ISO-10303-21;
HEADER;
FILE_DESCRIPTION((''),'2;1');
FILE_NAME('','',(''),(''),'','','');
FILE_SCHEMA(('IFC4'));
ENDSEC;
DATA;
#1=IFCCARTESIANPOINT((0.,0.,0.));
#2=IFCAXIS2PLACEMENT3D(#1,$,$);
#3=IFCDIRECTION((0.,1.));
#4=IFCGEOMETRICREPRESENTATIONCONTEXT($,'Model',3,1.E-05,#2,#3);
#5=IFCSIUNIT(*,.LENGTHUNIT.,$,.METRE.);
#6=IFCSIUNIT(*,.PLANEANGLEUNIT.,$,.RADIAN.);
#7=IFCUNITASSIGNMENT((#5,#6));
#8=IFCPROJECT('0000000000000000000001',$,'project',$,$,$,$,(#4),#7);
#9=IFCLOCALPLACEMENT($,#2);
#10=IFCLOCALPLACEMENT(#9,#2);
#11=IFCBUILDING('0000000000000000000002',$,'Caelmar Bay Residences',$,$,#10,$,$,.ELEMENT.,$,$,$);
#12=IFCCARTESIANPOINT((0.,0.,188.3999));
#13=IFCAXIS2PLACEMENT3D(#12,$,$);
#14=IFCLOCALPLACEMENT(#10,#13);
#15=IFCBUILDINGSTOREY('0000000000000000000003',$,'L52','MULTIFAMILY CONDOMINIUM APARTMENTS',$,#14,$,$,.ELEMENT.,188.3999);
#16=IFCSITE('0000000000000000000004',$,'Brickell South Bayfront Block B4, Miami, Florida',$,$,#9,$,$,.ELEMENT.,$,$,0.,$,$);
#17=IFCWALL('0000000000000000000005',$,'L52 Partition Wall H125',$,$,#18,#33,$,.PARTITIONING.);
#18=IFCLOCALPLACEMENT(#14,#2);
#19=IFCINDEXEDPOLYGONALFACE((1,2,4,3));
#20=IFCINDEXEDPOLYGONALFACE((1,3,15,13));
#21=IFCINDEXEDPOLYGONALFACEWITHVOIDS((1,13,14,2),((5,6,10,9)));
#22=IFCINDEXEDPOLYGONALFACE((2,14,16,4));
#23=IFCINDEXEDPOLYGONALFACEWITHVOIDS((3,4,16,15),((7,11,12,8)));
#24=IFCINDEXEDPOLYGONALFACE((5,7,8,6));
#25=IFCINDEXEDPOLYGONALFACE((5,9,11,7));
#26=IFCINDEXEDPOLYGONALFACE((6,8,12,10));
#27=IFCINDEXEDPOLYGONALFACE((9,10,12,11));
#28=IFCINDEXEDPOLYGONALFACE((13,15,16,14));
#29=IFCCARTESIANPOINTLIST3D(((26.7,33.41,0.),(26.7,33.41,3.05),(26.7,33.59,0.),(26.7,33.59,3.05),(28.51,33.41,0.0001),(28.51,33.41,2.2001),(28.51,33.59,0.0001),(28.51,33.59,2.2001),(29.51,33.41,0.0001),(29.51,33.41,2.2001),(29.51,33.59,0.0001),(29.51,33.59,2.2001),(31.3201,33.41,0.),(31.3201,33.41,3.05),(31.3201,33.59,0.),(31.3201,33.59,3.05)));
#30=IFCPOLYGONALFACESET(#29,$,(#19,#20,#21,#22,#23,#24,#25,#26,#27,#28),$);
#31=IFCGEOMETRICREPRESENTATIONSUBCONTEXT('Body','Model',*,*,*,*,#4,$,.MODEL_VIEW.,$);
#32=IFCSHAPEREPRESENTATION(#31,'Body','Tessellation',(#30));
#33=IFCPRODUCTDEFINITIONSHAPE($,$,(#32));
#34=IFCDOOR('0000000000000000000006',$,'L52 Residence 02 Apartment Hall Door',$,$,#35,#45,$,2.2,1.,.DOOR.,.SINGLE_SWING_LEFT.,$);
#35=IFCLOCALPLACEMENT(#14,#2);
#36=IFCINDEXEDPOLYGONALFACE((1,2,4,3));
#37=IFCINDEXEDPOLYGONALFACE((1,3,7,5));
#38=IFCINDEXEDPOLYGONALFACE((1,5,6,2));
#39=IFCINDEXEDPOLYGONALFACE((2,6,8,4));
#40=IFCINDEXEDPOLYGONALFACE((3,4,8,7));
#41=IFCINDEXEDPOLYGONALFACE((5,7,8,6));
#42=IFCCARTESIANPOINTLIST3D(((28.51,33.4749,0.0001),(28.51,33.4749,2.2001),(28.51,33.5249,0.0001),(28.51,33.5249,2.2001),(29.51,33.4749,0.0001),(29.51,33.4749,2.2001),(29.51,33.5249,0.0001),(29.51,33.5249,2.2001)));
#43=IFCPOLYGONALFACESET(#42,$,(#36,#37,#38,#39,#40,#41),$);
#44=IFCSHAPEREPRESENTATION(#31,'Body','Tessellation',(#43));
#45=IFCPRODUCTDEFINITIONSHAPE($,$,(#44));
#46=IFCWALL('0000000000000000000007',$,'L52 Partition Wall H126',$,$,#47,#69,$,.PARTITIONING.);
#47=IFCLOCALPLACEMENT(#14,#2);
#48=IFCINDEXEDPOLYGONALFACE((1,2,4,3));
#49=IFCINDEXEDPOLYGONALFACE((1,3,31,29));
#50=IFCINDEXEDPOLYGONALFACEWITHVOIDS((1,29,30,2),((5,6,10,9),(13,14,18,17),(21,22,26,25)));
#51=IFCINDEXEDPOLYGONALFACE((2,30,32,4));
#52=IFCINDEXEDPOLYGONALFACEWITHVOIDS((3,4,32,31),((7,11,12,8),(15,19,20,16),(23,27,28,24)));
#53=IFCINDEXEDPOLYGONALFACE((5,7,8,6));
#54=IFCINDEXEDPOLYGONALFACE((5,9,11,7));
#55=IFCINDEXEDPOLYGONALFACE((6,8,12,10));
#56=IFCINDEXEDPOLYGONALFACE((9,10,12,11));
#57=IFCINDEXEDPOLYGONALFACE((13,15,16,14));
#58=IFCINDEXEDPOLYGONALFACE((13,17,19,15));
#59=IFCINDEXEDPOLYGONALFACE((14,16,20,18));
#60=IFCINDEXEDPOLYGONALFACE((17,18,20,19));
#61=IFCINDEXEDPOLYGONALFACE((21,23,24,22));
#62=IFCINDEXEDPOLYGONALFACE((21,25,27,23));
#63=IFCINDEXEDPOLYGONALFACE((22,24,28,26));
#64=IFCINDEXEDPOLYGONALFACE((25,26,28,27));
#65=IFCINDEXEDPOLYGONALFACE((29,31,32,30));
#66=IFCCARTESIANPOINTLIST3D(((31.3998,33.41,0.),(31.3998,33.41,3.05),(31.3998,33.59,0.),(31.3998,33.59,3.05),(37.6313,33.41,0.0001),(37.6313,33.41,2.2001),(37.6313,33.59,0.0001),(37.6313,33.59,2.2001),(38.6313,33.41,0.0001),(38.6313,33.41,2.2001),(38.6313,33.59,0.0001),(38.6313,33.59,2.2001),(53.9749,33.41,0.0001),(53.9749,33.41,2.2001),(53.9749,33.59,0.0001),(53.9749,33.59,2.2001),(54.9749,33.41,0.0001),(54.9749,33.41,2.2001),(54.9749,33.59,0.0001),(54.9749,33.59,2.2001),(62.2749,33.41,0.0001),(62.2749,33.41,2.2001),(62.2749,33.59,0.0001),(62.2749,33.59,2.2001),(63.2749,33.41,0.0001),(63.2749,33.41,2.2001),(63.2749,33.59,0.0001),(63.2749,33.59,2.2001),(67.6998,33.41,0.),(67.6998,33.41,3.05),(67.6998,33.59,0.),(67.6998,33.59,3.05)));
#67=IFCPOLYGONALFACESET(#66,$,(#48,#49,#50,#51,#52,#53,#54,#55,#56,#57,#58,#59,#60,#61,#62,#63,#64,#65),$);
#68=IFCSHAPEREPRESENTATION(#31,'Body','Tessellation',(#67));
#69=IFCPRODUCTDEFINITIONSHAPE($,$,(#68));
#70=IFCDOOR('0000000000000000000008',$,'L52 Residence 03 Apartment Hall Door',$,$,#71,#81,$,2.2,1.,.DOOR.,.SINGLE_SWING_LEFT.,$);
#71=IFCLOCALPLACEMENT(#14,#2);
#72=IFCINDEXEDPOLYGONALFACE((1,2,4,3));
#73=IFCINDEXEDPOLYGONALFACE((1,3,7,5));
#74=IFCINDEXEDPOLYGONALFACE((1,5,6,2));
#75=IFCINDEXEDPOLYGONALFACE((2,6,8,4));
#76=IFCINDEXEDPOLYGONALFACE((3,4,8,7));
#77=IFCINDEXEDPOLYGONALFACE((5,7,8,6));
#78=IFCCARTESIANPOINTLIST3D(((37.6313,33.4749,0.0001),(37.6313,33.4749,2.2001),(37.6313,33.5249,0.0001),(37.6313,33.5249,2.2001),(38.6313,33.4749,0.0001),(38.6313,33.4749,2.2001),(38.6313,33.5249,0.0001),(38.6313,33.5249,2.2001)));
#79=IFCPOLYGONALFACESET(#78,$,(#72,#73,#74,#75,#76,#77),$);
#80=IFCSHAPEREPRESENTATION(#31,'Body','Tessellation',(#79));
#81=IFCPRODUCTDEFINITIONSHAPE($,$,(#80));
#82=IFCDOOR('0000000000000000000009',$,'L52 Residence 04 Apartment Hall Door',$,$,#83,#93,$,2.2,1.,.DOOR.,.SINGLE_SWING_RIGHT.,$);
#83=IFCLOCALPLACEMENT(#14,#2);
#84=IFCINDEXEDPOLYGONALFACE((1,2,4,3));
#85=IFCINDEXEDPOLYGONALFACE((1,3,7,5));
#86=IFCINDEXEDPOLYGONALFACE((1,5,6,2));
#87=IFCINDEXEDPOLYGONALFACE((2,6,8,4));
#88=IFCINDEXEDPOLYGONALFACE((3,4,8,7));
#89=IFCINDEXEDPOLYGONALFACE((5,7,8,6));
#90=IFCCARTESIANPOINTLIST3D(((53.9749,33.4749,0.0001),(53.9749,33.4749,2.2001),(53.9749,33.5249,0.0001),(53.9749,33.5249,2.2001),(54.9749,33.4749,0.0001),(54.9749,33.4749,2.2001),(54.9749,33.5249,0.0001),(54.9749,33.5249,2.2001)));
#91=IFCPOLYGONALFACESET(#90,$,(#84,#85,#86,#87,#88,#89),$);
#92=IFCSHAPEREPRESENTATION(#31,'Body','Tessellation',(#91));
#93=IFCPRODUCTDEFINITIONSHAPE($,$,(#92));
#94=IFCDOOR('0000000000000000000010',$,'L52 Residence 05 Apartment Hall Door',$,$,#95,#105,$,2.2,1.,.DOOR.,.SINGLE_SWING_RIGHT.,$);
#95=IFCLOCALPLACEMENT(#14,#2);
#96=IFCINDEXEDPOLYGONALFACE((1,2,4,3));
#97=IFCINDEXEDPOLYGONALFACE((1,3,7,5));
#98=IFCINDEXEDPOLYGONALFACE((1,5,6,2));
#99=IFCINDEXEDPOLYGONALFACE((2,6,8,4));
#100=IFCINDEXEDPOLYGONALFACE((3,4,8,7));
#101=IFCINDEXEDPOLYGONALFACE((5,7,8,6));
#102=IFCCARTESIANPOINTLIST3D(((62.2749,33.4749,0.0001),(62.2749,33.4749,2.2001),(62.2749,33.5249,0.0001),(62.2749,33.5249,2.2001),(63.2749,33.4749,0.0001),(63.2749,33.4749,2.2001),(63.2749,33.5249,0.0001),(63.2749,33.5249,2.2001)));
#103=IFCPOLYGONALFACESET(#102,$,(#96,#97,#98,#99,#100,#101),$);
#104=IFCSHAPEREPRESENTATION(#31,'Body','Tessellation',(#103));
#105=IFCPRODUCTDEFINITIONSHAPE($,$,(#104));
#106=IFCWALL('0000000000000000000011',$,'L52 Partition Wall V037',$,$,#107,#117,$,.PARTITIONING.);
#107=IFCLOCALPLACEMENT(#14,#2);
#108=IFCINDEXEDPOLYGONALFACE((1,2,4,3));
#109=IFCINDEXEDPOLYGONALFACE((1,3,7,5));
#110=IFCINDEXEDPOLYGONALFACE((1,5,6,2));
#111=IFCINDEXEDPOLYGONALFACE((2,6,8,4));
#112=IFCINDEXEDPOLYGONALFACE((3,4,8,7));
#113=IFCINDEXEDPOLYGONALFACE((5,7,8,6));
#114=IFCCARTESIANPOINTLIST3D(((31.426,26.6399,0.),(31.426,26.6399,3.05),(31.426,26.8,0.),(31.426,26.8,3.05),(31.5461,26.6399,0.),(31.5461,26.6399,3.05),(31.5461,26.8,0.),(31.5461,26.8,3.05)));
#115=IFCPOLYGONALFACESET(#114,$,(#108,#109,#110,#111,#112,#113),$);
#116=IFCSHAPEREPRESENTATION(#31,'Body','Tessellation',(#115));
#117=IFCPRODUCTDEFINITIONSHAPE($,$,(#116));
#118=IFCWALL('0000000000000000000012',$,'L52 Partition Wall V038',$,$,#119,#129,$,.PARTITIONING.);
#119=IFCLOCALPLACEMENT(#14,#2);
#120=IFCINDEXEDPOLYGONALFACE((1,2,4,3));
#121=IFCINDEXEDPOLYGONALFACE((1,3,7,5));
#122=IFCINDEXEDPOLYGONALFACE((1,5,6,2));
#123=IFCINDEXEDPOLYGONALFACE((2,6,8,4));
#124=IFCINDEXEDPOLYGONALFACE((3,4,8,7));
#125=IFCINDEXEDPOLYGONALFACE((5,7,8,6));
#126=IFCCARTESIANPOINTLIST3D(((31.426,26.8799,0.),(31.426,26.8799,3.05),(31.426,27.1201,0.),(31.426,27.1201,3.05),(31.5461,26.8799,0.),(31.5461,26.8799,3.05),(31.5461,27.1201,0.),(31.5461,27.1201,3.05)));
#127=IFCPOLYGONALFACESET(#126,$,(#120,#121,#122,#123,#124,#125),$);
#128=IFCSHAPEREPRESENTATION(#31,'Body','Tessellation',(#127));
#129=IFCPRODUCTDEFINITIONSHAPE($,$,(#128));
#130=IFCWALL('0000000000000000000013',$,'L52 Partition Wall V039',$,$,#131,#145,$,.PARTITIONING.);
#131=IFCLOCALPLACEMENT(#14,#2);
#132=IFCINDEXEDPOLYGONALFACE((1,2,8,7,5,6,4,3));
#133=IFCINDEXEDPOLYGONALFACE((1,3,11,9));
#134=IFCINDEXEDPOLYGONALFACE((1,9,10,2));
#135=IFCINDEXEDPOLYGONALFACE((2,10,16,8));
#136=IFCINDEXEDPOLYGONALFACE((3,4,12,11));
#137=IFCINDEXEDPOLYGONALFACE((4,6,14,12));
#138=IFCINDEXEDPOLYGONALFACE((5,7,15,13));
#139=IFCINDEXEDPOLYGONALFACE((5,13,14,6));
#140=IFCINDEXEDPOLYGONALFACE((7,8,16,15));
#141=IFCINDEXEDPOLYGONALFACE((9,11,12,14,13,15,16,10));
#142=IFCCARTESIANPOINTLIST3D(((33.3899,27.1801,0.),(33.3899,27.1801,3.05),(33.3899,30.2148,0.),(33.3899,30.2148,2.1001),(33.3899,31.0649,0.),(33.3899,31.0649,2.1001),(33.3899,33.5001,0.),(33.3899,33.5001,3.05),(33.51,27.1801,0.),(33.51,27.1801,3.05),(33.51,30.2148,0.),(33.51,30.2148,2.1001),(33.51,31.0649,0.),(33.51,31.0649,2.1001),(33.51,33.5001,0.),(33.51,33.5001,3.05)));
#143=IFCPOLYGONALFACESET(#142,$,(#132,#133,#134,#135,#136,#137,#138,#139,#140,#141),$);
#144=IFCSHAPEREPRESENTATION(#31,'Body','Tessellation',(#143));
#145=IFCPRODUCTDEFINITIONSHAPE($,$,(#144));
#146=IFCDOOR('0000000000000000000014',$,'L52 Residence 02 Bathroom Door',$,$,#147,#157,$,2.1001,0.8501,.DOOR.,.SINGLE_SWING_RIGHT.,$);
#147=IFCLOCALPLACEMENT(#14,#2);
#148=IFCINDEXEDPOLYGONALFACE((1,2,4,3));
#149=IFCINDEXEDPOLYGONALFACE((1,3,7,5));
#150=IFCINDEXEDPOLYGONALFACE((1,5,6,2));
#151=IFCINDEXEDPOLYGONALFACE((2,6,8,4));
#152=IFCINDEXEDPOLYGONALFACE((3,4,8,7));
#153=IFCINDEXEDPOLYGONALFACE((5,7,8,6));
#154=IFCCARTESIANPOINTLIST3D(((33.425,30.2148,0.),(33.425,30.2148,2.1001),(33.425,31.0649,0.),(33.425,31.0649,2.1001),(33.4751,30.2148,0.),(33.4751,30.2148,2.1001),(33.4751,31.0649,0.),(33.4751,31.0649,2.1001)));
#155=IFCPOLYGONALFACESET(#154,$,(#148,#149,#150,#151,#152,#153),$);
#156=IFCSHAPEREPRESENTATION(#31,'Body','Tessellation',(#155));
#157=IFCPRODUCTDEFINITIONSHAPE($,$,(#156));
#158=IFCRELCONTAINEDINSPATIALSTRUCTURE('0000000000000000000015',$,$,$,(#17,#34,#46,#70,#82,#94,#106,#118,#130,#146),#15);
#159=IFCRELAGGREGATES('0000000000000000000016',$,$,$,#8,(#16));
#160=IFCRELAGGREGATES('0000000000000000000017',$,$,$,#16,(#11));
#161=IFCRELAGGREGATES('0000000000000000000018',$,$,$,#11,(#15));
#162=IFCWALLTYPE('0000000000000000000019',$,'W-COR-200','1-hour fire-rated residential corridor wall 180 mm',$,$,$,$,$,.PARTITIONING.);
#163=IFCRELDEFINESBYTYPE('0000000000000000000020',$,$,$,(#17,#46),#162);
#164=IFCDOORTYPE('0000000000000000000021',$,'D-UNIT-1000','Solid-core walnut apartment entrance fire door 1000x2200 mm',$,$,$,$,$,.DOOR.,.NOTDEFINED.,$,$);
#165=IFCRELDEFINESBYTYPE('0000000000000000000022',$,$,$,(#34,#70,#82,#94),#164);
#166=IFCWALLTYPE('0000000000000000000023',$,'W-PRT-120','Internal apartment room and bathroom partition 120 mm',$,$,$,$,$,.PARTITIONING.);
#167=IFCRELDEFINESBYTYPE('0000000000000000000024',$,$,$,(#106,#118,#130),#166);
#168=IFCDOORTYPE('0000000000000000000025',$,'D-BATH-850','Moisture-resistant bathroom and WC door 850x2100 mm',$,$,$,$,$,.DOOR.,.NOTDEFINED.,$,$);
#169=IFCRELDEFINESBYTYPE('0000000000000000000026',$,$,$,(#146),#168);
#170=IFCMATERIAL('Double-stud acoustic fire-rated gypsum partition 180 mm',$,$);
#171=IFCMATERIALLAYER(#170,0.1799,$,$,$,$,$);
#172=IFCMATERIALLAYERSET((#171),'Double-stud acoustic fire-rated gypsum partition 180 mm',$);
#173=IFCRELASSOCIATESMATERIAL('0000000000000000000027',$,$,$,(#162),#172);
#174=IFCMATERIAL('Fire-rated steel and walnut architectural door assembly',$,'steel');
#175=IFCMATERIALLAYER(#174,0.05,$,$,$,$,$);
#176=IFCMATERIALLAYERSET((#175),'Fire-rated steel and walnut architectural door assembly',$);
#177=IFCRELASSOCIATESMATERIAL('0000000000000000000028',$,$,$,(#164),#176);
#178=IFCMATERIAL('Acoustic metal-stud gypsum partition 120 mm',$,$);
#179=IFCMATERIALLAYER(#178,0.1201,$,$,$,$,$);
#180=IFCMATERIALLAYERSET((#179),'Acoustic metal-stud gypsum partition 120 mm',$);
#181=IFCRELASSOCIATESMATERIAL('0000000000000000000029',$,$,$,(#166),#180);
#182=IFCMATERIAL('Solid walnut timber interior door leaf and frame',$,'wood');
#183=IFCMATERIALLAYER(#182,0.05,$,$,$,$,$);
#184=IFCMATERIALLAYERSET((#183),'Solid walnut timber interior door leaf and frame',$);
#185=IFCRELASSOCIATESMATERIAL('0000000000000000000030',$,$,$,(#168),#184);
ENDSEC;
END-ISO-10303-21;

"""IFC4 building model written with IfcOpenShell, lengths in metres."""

from ifc_helpers import new_model, si_unit, direction, frame, frame_2d, origin, place, context, subcontext, project, spatial, rectangle, extrude, material, layer, layer_set, type_object, element, fill, save


model = new_model("IFC4")

# Units and contexts
model_context = context("Model", 3, precision=1e-05, world=origin(), true_north=direction((0.0, 1.0)))
body_context = subcontext(model_context, "Body", "Model", "MODEL_VIEW")
ifc_project = project(units=[si_unit("LENGTHUNIT", "METRE"), si_unit("PLANEANGLEUNIT", "RADIAN")], contexts=[model_context])

# Site, building, storey
site_placement = place(None, origin())
site = spatial("IfcSite", under=ifc_project, at=site_placement, Name="Brickell South Bayfront Block B4, Miami, Florida", CompositionType="ELEMENT", RefElevation=0.0)
building_placement = place(site_placement, origin())
building = spatial("IfcBuilding", under=site, at=building_placement, Name="Caelmar Bay Residences", CompositionType="ELEMENT")
storey_placement = place(building_placement, frame((0.0, 0.0, 188.3999)))
storey = spatial("IfcBuildingStorey", under=building, at=storey_placement, Name="L52", Description="MULTIFAMILY CONDOMINIUM APARTMENTS", CompositionType="ELEMENT", Elevation=188.3999)

# Wall, opening, door
ifc_material_1 = material(Name="Double-stud acoustic fire-rated gypsum partition 180 mm")
ifc_layer_1 = layer(ifc_material_1, 0.1799)
ifc_layer_set_1 = layer_set([ifc_layer_1], Name="Double-stud acoustic fire-rated gypsum partition 180 mm")
wall_type_1 = type_object("IfcWallType", Name="W-COR-200", Description="1-hour fire-rated residential corridor wall 180 mm", PredefinedType="PARTITIONING", material=ifc_layer_set_1)
wall_1_placement = place(storey_placement, frame((26.7, 33.5, 0.0), z_axis=(0.0, 0.0, 1.0), x_axis=(1.0, 0.0, 0.0)))
wall_1 = element("IfcWall", 1, at=wall_1_placement, inside=storey, type_object=wall_type_1, Name="L52 Partition Wall H125", PredefinedType="PARTITIONING", context=body_context, shape_type="SweptSolid", body=[
    extrude(rectangle(XDim=4.6201, YDim=0.1799, at=frame_2d((2.3101, 0.0))), origin(), (0.0, 0.0, 1.0), 3.05),
])
opening_1_placement = place(wall_1_placement, frame((1.8101, 0.0, 0.0)))
opening_1 = element("IfcOpeningElement", 2, at=opening_1_placement, cuts=wall_1, PredefinedType="OPENING", context=body_context, shape_type="SweptSolid", body=[
    extrude(rectangle(XDim=1.0, YDim=2.2, at=frame_2d((0.5, 1.1001))), frame((0.0, 0.0999, 0.0), z_axis=(0.0, -1.0, 0.0), x_axis=(1.0, 0.0, 0.0)), (0.0, 0.0, 1.0), 0.2),
])
ifc_material_2 = material(Name="Fire-rated steel and walnut architectural door assembly", Category="steel")
ifc_layer_2 = layer(ifc_material_2, 0.05)
ifc_layer_set_2 = layer_set([ifc_layer_2], Name="Fire-rated steel and walnut architectural door assembly")
door_type_1 = type_object("IfcDoorType", Name="D-UNIT-1000", Description="Solid-core walnut apartment entrance fire door 1000x2200 mm", OperationType="NOTDEFINED", PredefinedType="DOOR", material=ifc_layer_set_2)
door_1_placement = place(opening_1_placement, origin())
door_1 = element("IfcDoor", 3, at=door_1_placement, inside=storey, type_object=door_type_1, Name="L52 Residence 02 Apartment Hall Door", OperationType="SINGLE_SWING_LEFT", OverallHeight=2.2, OverallWidth=1.0, PredefinedType="DOOR", context=body_context, shape_type="SweptSolid", body=[
    extrude(rectangle(XDim=1.0, YDim=2.2, at=frame_2d((0.5, 1.1001))), frame((0.0, 0.0249, 0.0), z_axis=(0.0, -1.0, 0.0), x_axis=(1.0, 0.0, 0.0)), (0.0, 0.0, 1.0), 0.05),
])
fill(opening_1, door_1)

# Wall, openings, doors
wall_2_placement = place(storey_placement, frame((31.3999, 33.5, 0.0), z_axis=(0.0, 0.0, 1.0), x_axis=(1.0, 0.0, 0.0)))
wall_2 = element("IfcWall", 4, at=wall_2_placement, inside=storey, type_object=wall_type_1, Name="L52 Partition Wall H126", PredefinedType="PARTITIONING", context=body_context, shape_type="SweptSolid", body=[
    extrude(rectangle(XDim=36.3, YDim=0.1799, at=frame_2d((18.1499, 0.0))), origin(), (0.0, 0.0, 1.0), 3.05),
])
opening_2_placement = place(wall_2_placement, frame((6.2314, 0.0, 0.0)))
opening_2 = element("IfcOpeningElement", 5, at=opening_2_placement, cuts=wall_2, PredefinedType="OPENING", context=body_context, shape_type="SweptSolid", body=[
    extrude(rectangle(XDim=1.0, YDim=2.2, at=frame_2d((0.5, 1.1001))), frame((0.0, 0.0999, 0.0), z_axis=(0.0, -1.0, 0.0), x_axis=(1.0, 0.0, 0.0)), (0.0, 0.0, 1.0), 0.2),
])
opening_3_placement = place(wall_2_placement, frame((22.575, 0.0, 0.0)))
opening_3 = element("IfcOpeningElement", 6, at=opening_3_placement, cuts=wall_2, PredefinedType="OPENING", context=body_context, shape_type="SweptSolid", body=[
    extrude(rectangle(XDim=1.0, YDim=2.2, at=frame_2d((0.5, 1.1001))), frame((0.0, 0.0999, 0.0), z_axis=(0.0, -1.0, 0.0), x_axis=(1.0, 0.0, 0.0)), (0.0, 0.0, 1.0), 0.2),
])
opening_4_placement = place(wall_2_placement, frame((30.875, 0.0, 0.0)))
opening_4 = element("IfcOpeningElement", 7, at=opening_4_placement, cuts=wall_2, PredefinedType="OPENING", context=body_context, shape_type="SweptSolid", body=[
    extrude(rectangle(XDim=1.0, YDim=2.2, at=frame_2d((0.5, 1.1001))), frame((0.0, 0.0999, 0.0), z_axis=(0.0, -1.0, 0.0), x_axis=(1.0, 0.0, 0.0)), (0.0, 0.0, 1.0), 0.2),
])
door_2_placement = place(opening_2_placement, origin())
door_2 = element("IfcDoor", 8, at=door_2_placement, inside=storey, type_object=door_type_1, Name="L52 Residence 03 Apartment Hall Door", OperationType="SINGLE_SWING_LEFT", OverallHeight=2.2, OverallWidth=1.0, PredefinedType="DOOR", context=body_context, shape_type="SweptSolid", body=[
    extrude(rectangle(XDim=1.0, YDim=2.2, at=frame_2d((0.5, 1.1001))), frame((0.0, 0.0249, 0.0), z_axis=(0.0, -1.0, 0.0), x_axis=(1.0, 0.0, 0.0)), (0.0, 0.0, 1.0), 0.05),
])
fill(opening_2, door_2)
door_3_placement = place(opening_3_placement, origin())
door_3 = element("IfcDoor", 9, at=door_3_placement, inside=storey, type_object=door_type_1, Name="L52 Residence 04 Apartment Hall Door", OperationType="SINGLE_SWING_RIGHT", OverallHeight=2.2, OverallWidth=1.0, PredefinedType="DOOR", context=body_context, shape_type="SweptSolid", body=[
    extrude(rectangle(XDim=1.0, YDim=2.2, at=frame_2d((0.5, 1.1001))), frame((0.0, 0.0249, 0.0), z_axis=(0.0, -1.0, 0.0), x_axis=(1.0, 0.0, 0.0)), (0.0, 0.0, 1.0), 0.05),
])
fill(opening_3, door_3)
door_4_placement = place(opening_4_placement, origin())
door_4 = element("IfcDoor", 10, at=door_4_placement, inside=storey, type_object=door_type_1, Name="L52 Residence 05 Apartment Hall Door", OperationType="SINGLE_SWING_RIGHT", OverallHeight=2.2, OverallWidth=1.0, PredefinedType="DOOR", context=body_context, shape_type="SweptSolid", body=[
    extrude(rectangle(XDim=1.0, YDim=2.2, at=frame_2d((0.5, 1.1001))), frame((0.0, 0.0249, 0.0), z_axis=(0.0, -1.0, 0.0), x_axis=(1.0, 0.0, 0.0)), (0.0, 0.0, 1.0), 0.05),
])
fill(opening_4, door_4)

# Walls
ifc_material_3 = material(Name="Acoustic metal-stud gypsum partition 120 mm")
ifc_layer_3 = layer(ifc_material_3, 0.1201)
ifc_layer_set_3 = layer_set([ifc_layer_3], Name="Acoustic metal-stud gypsum partition 120 mm")
wall_type_2 = type_object("IfcWallType", Name="W-PRT-120", Description="Internal apartment room and bathroom partition 120 mm", PredefinedType="PARTITIONING", material=ifc_layer_set_3)
wall_3_placement = place(storey_placement, frame((31.4861, 26.6399, 0.0), z_axis=(0.0, 0.0, 1.0), x_axis=(0.0, 1.0, 0.0)))
element("IfcWall", 11, at=wall_3_placement, inside=storey, type_object=wall_type_2, Name="L52 Partition Wall V037", PredefinedType="PARTITIONING", context=body_context, shape_type="SweptSolid", body=[
    extrude(rectangle(XDim=0.1602, YDim=0.1201, at=frame_2d((0.0801, 0.0))), origin(), (0.0, 0.0, 1.0), 3.05),
])
wall_4_placement = place(storey_placement, frame((31.4861, 26.8799, 0.0), z_axis=(0.0, 0.0, 1.0), x_axis=(0.0, 1.0, 0.0)))
element("IfcWall", 12, at=wall_4_placement, inside=storey, type_object=wall_type_2, Name="L52 Partition Wall V038", PredefinedType="PARTITIONING", context=body_context, shape_type="SweptSolid", body=[
    extrude(rectangle(XDim=0.2402, YDim=0.1201, at=frame_2d((0.1201, 0.0))), origin(), (0.0, 0.0, 1.0), 3.05),
])

# Wall, opening, door
wall_5_placement = place(storey_placement, frame((33.45, 27.1799, 0.0), z_axis=(0.0, 0.0, 1.0), x_axis=(0.0, 1.0, 0.0)))
wall_5 = element("IfcWall", 13, at=wall_5_placement, inside=storey, type_object=wall_type_2, Name="L52 Partition Wall V039", PredefinedType="PARTITIONING", context=body_context, shape_type="SweptSolid", body=[
    extrude(rectangle(XDim=6.3201, YDim=0.1201, at=frame_2d((3.1602, 0.0))), origin(), (0.0, 0.0, 1.0), 3.05),
])
opening_5_placement = place(wall_5_placement, frame((3.0349, 0.0, 0.0)))
opening_5 = element("IfcOpeningElement", 14, at=opening_5_placement, cuts=wall_5, PredefinedType="OPENING", context=body_context, shape_type="SweptSolid", body=[
    extrude(rectangle(XDim=0.8501, YDim=2.1001, at=frame_2d((0.425, 1.05))), frame((0.0, 0.0701, 0.0), z_axis=(0.0, -1.0, 0.0), x_axis=(1.0, 0.0, 0.0)), (0.0, 0.0, 1.0), 0.1401),
])
ifc_material_4 = material(Name="Solid walnut timber interior door leaf and frame", Category="wood")
ifc_layer_4 = layer(ifc_material_4, 0.05)
ifc_layer_set_4 = layer_set([ifc_layer_4], Name="Solid walnut timber interior door leaf and frame")
door_type_2 = type_object("IfcDoorType", Name="D-BATH-850", Description="Moisture-resistant bathroom and WC door 850x2100 mm", OperationType="NOTDEFINED", PredefinedType="DOOR", material=ifc_layer_set_4)
door_5_placement = place(opening_5_placement, origin())
door_5 = element("IfcDoor", 15, at=door_5_placement, inside=storey, type_object=door_type_2, Name="L52 Residence 02 Bathroom Door", OperationType="SINGLE_SWING_RIGHT", OverallHeight=2.1001, OverallWidth=0.8501, PredefinedType="DOOR", context=body_context, shape_type="SweptSolid", body=[
    extrude(rectangle(XDim=0.8501, YDim=2.1001, at=frame_2d((0.425, 1.05))), frame((0.0, 0.0249, 0.0), z_axis=(0.0, -1.0, 0.0), x_axis=(1.0, 0.0, 0.0)), (0.0, 0.0, 1.0), 0.05),
])
fill(opening_5, door_5)

save(model, "model.ifc")
